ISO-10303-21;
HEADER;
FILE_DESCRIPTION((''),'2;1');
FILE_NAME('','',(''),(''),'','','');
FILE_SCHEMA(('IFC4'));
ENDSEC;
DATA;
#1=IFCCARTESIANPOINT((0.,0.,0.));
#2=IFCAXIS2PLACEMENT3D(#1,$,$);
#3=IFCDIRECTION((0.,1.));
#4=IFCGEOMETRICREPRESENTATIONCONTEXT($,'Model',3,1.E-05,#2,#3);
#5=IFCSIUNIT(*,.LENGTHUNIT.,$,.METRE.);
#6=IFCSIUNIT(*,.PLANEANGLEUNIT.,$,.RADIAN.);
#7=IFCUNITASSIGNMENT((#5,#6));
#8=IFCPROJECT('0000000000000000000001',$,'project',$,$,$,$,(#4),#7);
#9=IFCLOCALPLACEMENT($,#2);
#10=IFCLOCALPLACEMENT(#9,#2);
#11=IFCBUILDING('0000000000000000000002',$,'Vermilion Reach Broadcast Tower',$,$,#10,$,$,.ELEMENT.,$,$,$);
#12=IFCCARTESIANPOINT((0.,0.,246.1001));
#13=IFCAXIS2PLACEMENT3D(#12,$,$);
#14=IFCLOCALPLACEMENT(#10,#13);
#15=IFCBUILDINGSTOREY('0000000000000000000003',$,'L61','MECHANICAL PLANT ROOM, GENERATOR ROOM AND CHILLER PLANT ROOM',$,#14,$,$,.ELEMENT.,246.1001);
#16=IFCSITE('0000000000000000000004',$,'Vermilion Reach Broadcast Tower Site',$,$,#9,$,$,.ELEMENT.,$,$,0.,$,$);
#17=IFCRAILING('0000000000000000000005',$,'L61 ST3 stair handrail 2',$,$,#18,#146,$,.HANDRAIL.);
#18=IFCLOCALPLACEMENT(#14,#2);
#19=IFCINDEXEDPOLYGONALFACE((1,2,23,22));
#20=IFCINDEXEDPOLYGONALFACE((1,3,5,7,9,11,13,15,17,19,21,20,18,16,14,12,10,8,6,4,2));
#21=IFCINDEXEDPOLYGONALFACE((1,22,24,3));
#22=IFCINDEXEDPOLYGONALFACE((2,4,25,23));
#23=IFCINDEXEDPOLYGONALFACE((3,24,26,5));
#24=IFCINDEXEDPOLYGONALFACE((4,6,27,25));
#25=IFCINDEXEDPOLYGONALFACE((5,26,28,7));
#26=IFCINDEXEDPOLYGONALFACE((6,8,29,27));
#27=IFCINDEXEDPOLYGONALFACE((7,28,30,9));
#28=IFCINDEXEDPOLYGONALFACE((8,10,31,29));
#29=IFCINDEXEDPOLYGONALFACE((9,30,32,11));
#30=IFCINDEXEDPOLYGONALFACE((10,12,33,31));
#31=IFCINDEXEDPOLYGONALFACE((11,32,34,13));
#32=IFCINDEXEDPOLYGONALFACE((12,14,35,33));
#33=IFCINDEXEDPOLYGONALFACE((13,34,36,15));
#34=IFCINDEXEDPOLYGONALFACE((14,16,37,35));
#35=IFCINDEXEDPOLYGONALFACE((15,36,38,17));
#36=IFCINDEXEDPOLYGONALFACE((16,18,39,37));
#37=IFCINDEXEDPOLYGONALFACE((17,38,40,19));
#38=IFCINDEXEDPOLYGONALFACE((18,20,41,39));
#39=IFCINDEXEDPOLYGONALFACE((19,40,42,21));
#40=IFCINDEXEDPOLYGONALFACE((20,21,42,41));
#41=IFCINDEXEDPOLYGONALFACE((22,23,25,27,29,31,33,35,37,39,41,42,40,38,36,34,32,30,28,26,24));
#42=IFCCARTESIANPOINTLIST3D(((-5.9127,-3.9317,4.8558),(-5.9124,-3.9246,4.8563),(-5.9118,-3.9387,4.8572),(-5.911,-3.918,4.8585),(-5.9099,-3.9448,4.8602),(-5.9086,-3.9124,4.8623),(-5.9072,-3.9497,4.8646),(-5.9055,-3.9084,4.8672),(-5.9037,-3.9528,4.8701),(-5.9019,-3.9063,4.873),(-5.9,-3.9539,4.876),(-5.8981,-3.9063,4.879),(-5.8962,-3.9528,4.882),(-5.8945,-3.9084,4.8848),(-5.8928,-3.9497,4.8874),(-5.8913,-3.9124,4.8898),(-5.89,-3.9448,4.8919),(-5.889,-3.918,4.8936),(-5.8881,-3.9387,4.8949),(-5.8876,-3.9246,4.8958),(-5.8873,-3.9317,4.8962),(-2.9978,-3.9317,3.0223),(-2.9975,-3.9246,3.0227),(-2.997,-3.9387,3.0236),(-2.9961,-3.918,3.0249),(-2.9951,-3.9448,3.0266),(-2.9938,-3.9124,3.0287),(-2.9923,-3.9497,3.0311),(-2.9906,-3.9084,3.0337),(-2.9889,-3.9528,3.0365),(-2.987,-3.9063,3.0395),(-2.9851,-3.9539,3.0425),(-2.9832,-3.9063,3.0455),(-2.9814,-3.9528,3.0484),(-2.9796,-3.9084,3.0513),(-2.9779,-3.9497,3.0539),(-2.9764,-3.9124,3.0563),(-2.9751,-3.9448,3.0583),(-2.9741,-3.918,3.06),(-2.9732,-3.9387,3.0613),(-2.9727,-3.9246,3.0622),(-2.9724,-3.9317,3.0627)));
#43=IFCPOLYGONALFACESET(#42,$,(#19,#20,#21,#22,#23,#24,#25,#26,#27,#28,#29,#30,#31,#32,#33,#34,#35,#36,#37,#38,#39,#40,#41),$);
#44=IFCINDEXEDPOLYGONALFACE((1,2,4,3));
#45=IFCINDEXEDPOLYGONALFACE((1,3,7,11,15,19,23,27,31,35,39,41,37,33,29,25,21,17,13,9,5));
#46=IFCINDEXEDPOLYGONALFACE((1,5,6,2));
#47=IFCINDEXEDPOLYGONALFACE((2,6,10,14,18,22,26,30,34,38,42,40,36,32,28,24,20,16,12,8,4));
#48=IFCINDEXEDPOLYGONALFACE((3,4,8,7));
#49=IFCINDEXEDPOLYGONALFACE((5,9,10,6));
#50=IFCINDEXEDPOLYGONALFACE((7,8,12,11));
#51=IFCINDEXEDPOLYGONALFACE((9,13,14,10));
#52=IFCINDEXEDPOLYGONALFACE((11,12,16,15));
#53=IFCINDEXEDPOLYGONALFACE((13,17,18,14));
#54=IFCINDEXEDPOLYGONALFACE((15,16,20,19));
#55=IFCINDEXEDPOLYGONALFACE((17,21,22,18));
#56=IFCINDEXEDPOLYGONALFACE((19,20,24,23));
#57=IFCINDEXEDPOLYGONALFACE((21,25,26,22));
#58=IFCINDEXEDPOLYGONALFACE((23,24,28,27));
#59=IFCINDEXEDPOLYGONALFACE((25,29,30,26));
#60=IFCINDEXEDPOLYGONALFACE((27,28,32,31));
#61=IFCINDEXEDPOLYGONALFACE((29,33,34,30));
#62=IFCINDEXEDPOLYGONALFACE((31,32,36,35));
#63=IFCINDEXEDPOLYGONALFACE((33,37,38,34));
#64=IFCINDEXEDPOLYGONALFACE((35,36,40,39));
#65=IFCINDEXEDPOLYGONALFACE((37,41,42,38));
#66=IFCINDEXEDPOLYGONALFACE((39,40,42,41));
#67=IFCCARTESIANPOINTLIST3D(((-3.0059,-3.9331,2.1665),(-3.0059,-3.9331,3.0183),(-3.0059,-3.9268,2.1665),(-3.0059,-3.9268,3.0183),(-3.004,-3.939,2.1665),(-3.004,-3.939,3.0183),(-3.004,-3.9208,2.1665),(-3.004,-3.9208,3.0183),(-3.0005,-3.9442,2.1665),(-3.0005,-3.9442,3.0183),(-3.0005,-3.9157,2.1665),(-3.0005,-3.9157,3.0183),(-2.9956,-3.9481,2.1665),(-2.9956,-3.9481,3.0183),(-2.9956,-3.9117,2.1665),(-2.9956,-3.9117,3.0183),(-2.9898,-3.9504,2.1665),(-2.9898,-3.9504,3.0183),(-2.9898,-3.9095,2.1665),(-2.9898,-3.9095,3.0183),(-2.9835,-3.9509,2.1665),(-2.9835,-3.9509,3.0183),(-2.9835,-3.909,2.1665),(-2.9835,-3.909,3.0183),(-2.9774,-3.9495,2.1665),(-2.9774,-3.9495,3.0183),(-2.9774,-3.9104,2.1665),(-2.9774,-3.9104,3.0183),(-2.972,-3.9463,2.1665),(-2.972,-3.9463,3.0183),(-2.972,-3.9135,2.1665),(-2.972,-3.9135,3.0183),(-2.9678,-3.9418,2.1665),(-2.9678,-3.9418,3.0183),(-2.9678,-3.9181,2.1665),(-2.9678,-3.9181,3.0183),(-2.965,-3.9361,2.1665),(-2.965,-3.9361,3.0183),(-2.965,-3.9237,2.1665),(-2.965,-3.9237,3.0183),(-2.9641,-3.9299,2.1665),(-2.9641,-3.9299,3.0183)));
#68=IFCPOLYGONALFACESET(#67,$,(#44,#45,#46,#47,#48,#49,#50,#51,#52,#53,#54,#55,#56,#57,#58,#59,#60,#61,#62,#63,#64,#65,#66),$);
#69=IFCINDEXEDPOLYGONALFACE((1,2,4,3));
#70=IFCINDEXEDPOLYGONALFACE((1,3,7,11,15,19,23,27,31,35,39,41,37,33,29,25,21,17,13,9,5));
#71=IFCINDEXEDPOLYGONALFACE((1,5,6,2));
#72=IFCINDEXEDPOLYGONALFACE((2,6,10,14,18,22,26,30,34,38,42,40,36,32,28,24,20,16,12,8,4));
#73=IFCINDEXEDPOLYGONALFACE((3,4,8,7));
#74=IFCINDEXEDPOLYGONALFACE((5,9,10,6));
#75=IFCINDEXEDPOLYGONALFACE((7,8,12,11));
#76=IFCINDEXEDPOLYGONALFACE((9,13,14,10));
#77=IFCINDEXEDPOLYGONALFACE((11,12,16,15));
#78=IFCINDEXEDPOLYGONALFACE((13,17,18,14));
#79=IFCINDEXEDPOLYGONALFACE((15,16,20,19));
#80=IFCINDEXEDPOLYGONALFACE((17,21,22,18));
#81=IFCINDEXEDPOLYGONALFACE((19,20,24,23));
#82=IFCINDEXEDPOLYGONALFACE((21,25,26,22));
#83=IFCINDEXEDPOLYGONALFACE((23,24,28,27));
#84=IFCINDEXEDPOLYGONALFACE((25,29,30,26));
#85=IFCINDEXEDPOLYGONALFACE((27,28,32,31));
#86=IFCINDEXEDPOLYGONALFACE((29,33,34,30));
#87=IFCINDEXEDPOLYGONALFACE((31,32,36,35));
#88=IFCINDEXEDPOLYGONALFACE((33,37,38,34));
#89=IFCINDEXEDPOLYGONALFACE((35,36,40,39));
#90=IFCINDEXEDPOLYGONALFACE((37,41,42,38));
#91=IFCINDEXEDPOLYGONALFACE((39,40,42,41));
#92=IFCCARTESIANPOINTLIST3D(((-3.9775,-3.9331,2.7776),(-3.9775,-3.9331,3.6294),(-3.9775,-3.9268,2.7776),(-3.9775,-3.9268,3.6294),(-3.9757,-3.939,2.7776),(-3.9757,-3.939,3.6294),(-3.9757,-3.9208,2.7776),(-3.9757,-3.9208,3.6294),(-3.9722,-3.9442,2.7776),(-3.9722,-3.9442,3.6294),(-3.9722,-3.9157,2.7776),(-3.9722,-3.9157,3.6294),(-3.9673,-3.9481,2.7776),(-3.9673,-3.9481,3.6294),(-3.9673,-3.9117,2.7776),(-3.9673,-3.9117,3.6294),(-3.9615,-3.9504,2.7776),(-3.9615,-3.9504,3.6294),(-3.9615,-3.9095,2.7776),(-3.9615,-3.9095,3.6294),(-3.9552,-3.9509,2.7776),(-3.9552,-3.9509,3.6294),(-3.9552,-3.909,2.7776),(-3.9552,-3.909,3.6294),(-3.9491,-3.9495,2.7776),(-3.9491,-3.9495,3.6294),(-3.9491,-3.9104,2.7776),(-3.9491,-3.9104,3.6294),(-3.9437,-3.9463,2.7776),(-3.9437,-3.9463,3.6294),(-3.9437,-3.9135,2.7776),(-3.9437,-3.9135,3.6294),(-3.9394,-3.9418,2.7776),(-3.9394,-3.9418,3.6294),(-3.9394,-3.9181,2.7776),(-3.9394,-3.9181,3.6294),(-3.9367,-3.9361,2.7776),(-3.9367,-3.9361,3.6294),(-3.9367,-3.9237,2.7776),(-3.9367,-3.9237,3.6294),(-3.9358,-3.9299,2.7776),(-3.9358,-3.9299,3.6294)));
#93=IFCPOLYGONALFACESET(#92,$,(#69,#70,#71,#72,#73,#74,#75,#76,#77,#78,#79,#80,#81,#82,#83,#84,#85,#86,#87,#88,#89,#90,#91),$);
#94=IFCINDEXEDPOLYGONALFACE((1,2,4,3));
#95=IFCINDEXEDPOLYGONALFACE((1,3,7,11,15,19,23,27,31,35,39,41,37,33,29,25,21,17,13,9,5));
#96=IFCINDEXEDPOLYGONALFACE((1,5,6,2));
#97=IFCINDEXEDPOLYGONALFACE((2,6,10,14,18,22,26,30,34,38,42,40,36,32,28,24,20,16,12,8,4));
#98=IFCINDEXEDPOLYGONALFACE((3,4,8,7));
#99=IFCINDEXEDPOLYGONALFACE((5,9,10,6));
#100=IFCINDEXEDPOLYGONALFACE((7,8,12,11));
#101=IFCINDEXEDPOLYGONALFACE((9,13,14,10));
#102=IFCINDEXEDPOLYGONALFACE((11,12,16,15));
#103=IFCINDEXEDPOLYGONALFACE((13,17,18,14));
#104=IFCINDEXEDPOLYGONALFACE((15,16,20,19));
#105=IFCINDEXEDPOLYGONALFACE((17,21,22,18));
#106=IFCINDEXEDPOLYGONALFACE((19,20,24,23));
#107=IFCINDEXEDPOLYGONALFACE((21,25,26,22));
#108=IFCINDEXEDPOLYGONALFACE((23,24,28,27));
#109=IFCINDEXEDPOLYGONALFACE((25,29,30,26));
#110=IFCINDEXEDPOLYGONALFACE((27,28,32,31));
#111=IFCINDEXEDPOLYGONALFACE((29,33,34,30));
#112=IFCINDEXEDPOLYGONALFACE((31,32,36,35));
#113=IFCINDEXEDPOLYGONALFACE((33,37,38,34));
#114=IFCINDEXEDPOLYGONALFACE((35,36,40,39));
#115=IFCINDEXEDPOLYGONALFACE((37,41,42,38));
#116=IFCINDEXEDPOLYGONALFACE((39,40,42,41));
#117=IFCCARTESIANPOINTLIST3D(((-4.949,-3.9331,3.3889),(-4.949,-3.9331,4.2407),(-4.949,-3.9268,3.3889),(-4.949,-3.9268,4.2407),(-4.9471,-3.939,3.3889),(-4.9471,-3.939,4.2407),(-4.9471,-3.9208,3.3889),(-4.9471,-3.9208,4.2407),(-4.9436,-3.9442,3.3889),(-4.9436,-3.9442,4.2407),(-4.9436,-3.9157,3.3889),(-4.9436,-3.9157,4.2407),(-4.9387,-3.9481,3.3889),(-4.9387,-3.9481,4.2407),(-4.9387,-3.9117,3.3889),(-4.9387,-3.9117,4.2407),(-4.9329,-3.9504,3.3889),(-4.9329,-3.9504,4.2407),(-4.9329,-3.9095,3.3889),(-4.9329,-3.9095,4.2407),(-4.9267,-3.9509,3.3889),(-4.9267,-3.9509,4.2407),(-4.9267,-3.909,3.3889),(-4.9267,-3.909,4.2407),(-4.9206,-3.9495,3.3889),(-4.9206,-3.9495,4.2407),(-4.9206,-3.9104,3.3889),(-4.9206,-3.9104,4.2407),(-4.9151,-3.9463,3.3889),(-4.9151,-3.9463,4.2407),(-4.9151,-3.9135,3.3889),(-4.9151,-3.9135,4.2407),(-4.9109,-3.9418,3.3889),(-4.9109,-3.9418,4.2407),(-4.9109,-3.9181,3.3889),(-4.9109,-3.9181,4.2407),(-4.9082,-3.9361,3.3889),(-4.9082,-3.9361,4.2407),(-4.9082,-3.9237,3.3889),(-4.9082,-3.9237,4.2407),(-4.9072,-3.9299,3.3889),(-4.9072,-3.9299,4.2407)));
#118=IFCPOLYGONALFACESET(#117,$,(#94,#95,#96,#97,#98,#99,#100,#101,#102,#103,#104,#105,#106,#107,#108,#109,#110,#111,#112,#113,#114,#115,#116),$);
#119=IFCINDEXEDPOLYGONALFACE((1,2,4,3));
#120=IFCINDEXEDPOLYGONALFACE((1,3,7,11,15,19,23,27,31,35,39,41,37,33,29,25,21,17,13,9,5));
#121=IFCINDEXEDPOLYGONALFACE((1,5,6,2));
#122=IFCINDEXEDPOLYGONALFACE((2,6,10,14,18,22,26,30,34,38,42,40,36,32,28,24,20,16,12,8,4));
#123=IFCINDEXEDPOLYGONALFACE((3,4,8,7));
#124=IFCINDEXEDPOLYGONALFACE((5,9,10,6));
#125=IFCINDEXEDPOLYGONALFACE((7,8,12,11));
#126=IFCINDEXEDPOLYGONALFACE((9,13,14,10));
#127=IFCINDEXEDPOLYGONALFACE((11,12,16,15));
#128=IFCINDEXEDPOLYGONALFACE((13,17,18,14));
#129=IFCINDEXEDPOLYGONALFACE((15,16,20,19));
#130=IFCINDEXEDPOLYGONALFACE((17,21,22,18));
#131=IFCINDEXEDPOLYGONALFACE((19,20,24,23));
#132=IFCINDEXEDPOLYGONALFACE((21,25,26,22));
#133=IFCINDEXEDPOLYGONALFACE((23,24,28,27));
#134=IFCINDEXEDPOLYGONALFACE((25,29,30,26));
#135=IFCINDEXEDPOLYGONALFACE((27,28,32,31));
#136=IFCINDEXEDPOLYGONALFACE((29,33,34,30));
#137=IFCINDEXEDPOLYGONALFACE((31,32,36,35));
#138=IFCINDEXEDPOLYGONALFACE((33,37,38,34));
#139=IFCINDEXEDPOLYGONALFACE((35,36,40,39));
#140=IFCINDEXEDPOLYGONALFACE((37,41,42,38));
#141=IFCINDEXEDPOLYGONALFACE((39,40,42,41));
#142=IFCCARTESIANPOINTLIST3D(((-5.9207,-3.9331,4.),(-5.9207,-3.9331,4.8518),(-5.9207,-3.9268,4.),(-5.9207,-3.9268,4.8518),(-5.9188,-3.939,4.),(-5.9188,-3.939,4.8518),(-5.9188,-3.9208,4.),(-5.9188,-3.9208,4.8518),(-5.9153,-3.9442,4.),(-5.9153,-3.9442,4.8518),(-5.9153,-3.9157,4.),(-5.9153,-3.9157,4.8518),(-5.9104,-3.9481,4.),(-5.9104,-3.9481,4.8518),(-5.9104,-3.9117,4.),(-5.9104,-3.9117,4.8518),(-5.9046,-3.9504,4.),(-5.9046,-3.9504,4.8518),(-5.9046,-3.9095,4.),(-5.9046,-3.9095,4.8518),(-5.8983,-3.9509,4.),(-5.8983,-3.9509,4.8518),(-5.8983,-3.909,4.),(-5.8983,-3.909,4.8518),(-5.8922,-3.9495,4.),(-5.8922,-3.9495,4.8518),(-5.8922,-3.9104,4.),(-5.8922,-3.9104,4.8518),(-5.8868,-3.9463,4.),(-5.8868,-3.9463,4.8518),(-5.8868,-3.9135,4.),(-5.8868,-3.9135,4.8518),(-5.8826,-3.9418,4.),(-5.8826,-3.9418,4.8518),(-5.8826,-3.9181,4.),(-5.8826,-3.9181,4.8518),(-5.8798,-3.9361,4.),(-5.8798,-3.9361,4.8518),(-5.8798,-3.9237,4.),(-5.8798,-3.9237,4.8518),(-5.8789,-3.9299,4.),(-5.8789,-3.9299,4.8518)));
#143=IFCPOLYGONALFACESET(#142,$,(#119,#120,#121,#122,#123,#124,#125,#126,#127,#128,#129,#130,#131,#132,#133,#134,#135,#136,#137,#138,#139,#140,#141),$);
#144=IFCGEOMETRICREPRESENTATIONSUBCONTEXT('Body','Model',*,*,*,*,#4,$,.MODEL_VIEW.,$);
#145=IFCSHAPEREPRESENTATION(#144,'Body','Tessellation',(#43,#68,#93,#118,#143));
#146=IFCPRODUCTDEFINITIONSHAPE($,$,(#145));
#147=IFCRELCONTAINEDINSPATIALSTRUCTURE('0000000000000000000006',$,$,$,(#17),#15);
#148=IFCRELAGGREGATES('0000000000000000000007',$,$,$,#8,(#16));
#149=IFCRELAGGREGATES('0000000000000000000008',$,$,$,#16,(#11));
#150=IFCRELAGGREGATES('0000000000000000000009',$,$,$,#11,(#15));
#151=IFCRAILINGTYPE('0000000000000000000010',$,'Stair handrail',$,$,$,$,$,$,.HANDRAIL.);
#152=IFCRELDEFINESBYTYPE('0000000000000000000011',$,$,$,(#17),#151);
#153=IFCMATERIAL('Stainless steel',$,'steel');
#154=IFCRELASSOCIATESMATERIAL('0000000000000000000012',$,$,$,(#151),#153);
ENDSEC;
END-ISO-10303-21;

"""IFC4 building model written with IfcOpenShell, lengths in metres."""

from ifc_helpers import new_model, si_unit, direction, frame, origin, origin_2d, place, context, subcontext, project, spatial, circle, extrude, material, type_object, element, save


model = new_model("IFC4")

# Units and contexts
model_context = context("Model", 3, precision=1e-05, world=origin(), true_north=direction((0.0, 1.0)))
body_context = subcontext(model_context, "Body", "Model", "MODEL_VIEW")
ifc_project = project(units=[si_unit("LENGTHUNIT", "METRE"), si_unit("PLANEANGLEUNIT", "RADIAN")], contexts=[model_context])

# Site, building, storey
site_placement = place(None, origin())
site = spatial("IfcSite", under=ifc_project, at=site_placement, Name="Vermilion Reach Broadcast Tower Site", CompositionType="ELEMENT", RefElevation=0.0)
building_placement = place(site_placement, origin())
building = spatial("IfcBuilding", under=site, at=building_placement, Name="Vermilion Reach Broadcast Tower", CompositionType="ELEMENT")
storey_placement = place(building_placement, frame((0.0, 0.0, 246.1001)))
storey = spatial("IfcBuildingStorey", under=building, at=storey_placement, Name="L61", Description="MECHANICAL PLANT ROOM, GENERATOR ROOM AND CHILLER PLANT ROOM", CompositionType="ELEMENT", Elevation=246.1001)

# Railing
ifc_material_1 = material(Name="Stainless steel", Category="steel")
railing_type_1 = type_object("IfcRailingType", Name="Stair handrail", PredefinedType="HANDRAIL", material=ifc_material_1)
for number, where, name in (
    (1, (-2.9851, -3.9299, 2.1665), "L61 ST3 stair handrail 2"),
):
    element("IfcRailing", number, at=place(storey_placement, frame(where)), inside=storey, type_object=railing_type_1, Name=name, PredefinedType="HANDRAIL", context=body_context, shape_type="SweptSolid", body=[
        extrude(circle(Radius=0.0239, at=origin_2d()), frame((0.0, 0.0, 0.876), z_axis=(-0.846461, 0.0, 0.53245), x_axis=(0.0, -1.0, 0.0)), (0.0, 0.0, 1.0), 3.4436),
        extrude(circle(Radius=0.021, at=origin_2d()), origin(), (0.0, 0.0, 1.0), 0.8518),
        extrude(circle(Radius=0.021, at=origin_2d()), frame((-0.9717, 0.0, 0.6111)), (0.0, 0.0, 1.0), 0.8518),
        extrude(circle(Radius=0.021, at=origin_2d()), frame((-1.9431, 0.0, 1.2224)), (0.0, 0.0, 1.0), 0.8518),
        extrude(circle(Radius=0.021, at=origin_2d()), frame((-2.9148, 0.0, 1.8335)), (0.0, 0.0, 1.0), 0.8518),
    ])

save(model, "model.ifc")
